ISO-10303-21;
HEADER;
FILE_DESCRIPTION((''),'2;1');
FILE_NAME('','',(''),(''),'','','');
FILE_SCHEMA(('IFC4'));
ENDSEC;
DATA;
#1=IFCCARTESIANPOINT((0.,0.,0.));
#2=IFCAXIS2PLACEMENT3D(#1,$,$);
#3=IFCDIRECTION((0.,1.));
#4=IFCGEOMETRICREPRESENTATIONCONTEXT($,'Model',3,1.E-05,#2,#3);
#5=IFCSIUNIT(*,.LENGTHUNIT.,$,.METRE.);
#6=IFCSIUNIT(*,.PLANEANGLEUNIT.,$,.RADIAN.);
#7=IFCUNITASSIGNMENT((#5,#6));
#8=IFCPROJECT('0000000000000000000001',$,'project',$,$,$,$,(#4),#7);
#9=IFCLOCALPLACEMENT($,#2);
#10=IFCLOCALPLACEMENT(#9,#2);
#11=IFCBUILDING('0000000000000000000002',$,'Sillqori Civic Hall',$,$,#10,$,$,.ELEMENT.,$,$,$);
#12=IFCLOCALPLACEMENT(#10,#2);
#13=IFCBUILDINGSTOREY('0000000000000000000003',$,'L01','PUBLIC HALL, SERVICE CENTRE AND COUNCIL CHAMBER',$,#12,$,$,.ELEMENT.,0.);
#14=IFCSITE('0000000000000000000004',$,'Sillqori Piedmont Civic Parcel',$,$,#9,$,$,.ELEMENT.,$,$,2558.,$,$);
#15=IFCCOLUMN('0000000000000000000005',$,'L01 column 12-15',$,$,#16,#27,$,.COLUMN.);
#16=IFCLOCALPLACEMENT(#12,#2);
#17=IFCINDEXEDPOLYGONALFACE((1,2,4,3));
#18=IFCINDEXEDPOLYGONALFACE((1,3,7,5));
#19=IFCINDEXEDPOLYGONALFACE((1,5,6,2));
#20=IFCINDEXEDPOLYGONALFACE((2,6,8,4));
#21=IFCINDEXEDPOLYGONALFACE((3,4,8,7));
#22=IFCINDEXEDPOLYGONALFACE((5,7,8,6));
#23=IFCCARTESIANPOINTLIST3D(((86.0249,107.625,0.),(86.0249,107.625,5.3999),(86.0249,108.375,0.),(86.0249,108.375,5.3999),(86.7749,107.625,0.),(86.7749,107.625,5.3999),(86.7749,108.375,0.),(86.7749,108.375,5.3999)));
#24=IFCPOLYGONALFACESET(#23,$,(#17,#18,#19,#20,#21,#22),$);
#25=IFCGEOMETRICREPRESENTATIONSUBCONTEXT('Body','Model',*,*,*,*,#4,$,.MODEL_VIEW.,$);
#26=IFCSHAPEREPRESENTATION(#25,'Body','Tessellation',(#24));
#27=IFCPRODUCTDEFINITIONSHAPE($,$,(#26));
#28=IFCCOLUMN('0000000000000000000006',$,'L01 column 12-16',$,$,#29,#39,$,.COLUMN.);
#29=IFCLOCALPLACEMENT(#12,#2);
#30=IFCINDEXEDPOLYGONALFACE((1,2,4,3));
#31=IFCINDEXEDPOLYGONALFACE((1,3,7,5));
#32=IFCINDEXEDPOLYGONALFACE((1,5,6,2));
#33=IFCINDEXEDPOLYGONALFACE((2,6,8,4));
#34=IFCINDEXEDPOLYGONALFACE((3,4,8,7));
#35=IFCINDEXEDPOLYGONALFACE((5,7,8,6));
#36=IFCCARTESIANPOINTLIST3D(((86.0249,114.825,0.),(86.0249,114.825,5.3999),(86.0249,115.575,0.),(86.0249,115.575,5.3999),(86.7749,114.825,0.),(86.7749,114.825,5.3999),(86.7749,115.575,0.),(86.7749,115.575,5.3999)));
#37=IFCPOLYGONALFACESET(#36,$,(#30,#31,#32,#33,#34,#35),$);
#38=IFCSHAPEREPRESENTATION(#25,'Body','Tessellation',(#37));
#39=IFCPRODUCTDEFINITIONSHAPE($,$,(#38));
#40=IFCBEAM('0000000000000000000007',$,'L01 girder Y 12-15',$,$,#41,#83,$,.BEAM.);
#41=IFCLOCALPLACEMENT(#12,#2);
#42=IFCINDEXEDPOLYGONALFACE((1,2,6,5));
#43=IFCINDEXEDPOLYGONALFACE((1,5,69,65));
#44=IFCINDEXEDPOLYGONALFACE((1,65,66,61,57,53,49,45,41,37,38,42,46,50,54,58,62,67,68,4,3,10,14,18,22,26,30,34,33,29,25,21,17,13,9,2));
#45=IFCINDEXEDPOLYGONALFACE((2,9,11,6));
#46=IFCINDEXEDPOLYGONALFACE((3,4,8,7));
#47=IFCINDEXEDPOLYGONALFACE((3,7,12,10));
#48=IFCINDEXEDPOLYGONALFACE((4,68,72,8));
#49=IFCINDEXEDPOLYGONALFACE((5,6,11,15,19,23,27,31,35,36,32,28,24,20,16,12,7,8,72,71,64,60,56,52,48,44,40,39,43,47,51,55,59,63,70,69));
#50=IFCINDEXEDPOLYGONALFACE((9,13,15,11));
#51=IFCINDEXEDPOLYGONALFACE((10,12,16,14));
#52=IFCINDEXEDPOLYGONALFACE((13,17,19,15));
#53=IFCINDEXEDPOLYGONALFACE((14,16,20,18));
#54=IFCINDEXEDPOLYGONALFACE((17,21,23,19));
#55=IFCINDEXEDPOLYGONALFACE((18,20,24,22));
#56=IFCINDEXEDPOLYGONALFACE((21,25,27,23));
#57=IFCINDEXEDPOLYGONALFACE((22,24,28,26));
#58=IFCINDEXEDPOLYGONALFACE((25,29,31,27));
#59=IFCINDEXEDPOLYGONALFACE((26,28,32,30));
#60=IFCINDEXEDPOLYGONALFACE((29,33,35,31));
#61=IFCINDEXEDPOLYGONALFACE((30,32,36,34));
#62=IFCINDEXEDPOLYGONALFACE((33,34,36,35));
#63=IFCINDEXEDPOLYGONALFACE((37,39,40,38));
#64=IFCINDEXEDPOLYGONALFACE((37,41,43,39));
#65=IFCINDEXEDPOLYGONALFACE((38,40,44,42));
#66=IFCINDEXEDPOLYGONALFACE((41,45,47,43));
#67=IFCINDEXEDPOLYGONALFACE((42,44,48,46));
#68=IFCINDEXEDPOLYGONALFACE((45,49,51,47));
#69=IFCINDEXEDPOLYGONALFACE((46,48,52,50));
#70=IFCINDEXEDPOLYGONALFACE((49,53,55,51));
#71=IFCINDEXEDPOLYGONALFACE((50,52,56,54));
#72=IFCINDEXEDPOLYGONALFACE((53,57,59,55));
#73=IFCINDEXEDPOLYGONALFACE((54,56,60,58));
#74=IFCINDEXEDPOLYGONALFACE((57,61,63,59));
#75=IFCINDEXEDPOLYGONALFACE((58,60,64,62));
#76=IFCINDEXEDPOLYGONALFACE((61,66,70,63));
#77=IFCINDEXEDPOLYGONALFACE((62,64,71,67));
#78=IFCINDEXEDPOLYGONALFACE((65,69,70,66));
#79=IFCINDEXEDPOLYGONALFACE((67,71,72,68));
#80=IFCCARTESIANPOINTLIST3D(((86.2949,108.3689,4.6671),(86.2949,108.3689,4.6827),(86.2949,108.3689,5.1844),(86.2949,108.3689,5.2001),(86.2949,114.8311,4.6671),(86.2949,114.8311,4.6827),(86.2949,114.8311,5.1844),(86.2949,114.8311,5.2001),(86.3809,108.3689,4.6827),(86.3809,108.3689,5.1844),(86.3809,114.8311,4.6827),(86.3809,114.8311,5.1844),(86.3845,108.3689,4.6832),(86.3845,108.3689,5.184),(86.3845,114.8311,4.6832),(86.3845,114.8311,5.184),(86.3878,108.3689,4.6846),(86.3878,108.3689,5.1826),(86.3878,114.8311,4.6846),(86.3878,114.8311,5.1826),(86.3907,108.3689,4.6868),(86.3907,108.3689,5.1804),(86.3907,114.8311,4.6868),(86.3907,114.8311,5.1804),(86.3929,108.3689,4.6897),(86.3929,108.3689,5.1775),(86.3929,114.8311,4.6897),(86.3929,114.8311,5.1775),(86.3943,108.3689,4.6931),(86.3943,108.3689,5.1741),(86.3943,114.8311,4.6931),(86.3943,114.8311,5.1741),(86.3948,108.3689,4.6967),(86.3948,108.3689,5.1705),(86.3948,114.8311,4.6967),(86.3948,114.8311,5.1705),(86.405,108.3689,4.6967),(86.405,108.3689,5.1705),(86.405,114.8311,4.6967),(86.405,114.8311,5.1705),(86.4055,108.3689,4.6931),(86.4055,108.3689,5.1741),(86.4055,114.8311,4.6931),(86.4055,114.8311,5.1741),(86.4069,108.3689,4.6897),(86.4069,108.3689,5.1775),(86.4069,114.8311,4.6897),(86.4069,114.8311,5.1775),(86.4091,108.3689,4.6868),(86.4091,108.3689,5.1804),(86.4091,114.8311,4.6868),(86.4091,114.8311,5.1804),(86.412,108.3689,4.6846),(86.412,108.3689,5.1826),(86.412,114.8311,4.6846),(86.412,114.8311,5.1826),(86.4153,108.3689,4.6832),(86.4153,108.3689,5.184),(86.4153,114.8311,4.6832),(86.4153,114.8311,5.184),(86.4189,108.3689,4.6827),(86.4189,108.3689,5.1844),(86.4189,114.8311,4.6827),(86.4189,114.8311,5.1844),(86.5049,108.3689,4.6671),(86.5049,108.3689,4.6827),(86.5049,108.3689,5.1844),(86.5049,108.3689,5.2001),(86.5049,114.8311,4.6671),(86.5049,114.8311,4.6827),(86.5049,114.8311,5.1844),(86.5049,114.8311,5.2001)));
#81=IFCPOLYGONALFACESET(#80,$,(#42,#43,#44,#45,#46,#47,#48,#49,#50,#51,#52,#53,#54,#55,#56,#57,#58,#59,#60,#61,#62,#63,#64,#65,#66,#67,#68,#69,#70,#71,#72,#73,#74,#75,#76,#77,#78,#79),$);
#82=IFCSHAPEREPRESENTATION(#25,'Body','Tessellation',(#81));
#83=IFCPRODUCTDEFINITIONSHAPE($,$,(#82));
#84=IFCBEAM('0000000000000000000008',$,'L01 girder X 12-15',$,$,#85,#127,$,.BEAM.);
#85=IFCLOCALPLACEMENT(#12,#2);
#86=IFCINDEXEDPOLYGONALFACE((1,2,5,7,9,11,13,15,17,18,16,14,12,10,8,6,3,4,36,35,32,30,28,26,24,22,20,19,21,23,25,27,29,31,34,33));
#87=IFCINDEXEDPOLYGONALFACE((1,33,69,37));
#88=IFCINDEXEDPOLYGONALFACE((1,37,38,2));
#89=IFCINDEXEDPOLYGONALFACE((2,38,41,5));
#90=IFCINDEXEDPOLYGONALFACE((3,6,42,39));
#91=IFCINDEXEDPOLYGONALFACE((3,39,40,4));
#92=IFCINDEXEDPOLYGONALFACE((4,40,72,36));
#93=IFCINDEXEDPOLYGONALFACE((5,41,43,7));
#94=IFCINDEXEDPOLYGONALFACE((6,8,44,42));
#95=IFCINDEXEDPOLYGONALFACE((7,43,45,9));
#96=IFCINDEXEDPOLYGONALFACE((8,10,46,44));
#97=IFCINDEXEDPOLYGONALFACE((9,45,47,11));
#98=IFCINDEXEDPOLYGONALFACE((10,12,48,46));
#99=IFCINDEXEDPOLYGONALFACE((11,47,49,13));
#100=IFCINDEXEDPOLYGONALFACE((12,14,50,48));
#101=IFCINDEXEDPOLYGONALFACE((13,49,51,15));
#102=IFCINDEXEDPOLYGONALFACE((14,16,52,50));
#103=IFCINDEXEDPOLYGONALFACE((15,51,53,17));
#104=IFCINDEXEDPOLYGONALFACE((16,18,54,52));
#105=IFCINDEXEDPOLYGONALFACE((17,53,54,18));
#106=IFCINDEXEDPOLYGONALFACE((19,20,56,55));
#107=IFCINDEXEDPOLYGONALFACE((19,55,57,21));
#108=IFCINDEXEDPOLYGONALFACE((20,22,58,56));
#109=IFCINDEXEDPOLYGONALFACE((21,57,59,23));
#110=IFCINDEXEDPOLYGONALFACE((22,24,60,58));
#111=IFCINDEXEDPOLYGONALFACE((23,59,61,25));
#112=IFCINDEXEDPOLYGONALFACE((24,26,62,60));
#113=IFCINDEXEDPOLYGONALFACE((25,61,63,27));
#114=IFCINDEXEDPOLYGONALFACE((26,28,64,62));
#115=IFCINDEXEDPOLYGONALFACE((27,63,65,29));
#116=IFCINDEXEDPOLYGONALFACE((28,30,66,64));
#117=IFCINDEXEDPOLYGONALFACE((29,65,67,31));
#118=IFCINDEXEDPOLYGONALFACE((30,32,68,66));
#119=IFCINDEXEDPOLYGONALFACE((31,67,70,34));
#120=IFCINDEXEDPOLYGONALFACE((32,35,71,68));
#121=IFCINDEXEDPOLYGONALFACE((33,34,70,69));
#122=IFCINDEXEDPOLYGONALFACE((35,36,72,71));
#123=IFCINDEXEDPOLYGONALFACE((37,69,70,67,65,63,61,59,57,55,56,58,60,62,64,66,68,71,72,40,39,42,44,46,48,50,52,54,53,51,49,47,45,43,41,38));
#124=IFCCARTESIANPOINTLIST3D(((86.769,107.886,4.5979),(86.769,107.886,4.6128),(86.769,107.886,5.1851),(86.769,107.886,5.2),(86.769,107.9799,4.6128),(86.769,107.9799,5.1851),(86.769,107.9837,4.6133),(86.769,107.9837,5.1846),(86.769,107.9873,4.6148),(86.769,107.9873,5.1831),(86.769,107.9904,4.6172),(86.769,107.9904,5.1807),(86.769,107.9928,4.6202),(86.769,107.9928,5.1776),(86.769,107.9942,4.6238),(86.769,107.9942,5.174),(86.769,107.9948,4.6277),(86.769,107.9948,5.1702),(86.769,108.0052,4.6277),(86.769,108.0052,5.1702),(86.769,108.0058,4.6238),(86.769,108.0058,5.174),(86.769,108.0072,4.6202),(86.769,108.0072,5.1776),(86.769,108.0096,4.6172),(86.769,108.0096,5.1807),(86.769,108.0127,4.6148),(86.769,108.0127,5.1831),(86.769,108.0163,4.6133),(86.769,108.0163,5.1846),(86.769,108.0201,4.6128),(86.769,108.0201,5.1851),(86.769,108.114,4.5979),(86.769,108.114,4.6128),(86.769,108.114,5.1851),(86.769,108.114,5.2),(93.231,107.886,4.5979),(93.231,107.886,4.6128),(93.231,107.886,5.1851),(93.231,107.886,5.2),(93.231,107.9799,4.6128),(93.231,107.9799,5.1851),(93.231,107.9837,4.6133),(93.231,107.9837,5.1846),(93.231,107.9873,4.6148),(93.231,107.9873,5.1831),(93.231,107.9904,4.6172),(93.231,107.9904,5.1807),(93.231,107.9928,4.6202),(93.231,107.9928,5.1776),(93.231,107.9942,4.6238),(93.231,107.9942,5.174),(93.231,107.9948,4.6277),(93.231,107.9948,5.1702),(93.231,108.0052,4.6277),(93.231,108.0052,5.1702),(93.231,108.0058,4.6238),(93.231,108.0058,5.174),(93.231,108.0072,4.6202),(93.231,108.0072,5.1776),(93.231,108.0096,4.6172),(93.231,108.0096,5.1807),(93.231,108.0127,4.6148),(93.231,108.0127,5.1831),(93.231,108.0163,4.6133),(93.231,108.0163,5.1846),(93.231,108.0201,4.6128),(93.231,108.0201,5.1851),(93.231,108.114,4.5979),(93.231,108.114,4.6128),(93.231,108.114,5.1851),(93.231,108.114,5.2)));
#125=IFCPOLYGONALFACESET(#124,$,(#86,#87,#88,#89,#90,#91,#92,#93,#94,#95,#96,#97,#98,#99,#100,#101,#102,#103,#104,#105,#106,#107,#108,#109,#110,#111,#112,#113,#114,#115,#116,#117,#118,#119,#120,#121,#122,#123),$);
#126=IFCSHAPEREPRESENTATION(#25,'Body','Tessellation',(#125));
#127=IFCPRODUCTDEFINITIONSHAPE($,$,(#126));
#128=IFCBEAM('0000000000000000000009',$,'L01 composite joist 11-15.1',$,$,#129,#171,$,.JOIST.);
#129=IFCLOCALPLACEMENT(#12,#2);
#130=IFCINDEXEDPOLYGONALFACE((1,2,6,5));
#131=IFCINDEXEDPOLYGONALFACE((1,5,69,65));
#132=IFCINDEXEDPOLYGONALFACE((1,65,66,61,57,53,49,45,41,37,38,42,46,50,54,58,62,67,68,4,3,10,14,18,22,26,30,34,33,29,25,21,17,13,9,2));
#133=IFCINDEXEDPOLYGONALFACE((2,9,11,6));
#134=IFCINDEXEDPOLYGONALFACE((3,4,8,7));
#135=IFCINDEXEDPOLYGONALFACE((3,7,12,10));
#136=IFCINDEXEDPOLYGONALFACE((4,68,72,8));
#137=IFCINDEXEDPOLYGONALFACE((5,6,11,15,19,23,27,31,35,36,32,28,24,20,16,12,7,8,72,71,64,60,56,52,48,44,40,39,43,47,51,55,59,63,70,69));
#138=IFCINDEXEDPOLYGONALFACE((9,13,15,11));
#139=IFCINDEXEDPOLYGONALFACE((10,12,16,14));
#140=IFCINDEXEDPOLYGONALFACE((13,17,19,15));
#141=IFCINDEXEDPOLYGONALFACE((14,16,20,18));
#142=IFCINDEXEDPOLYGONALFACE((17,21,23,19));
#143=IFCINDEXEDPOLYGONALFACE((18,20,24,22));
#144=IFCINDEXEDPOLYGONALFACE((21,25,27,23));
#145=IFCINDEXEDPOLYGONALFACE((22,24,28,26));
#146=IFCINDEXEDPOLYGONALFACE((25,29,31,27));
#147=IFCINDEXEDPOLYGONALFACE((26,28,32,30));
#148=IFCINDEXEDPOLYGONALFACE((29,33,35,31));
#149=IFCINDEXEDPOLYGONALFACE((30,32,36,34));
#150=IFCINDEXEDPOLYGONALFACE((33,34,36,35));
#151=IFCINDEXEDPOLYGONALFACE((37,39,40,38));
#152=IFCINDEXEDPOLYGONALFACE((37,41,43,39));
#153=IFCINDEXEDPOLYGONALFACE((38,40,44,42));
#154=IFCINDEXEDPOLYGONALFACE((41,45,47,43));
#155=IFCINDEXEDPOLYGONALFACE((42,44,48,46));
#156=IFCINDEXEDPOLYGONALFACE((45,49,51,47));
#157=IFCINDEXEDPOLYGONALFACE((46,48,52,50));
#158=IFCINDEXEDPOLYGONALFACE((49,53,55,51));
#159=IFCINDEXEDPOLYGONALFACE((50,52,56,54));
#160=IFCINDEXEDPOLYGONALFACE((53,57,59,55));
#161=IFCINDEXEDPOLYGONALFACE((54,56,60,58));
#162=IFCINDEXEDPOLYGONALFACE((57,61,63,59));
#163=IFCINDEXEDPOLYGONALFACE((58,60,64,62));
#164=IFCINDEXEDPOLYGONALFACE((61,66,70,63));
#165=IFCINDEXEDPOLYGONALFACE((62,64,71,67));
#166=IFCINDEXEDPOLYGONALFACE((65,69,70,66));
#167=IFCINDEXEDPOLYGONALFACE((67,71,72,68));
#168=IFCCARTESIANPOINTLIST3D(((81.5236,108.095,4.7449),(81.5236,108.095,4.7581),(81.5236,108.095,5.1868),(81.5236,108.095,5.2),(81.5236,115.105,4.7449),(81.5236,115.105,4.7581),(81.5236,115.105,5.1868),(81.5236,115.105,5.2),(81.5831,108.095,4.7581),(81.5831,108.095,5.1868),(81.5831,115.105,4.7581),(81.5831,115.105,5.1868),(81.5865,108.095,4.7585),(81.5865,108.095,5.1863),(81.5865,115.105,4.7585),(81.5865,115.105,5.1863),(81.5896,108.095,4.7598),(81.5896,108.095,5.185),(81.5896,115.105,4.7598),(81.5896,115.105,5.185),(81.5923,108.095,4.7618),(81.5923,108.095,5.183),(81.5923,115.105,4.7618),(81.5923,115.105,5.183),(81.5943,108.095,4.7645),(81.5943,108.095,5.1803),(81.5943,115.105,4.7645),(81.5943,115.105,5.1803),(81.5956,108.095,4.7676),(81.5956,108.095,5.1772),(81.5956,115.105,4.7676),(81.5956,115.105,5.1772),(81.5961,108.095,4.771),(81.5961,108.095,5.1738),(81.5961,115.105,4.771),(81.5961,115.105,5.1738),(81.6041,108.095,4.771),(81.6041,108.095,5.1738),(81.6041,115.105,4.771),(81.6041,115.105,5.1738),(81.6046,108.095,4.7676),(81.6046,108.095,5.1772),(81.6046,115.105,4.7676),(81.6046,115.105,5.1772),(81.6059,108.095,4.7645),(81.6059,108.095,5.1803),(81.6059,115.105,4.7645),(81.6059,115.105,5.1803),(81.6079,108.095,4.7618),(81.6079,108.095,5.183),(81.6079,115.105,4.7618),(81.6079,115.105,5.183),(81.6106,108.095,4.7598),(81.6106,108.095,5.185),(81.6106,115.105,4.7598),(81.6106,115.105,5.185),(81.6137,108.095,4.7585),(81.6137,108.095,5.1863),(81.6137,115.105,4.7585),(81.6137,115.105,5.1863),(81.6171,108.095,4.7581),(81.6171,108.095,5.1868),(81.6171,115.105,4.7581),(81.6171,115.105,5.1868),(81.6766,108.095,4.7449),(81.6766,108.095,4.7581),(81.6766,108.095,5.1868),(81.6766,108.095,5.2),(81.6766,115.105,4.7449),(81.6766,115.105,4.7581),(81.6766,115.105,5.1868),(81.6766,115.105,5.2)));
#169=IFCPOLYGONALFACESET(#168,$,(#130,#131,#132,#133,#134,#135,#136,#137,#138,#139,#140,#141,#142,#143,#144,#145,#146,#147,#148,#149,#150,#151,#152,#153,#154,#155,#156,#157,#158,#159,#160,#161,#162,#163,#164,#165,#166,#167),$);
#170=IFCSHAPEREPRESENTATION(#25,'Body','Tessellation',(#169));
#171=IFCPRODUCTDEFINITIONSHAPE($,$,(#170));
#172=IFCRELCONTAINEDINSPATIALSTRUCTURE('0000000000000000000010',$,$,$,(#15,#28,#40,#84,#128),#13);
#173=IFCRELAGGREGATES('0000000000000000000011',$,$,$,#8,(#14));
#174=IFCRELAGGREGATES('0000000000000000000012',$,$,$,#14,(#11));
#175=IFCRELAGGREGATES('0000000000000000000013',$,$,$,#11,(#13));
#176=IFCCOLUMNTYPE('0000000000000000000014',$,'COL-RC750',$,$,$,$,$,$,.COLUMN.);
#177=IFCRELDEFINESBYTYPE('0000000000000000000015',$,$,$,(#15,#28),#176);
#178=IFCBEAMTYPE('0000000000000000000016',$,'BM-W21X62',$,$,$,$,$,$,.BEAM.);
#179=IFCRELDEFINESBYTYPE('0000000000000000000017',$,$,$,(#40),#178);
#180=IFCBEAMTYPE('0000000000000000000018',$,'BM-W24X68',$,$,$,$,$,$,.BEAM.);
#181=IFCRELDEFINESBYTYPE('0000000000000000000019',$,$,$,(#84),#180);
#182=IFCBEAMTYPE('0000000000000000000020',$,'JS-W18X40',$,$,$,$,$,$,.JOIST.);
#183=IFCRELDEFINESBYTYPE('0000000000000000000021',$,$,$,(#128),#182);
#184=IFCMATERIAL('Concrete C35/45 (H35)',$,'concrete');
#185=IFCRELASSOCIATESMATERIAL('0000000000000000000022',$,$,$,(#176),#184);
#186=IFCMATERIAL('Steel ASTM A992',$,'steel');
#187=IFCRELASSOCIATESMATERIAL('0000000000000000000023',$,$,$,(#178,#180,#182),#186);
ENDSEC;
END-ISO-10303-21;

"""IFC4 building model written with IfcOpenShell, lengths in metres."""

from ifc_helpers import new_model, si_unit, direction, frame, origin, origin_2d, place, context, subcontext, project, spatial, rectangle, i_section, extrude, material, material_profile, profile_set, type_object, element, save


model = new_model("IFC4")

# Units and contexts
model_context = context("Model", 3, precision=1e-05, world=origin(), true_north=direction((0.0, 1.0)))
body_context = subcontext(model_context, "Body", "Model", "MODEL_VIEW")
ifc_project = project(units=[si_unit("LENGTHUNIT", "METRE"), si_unit("PLANEANGLEUNIT", "RADIAN")], contexts=[model_context])

# Site, building, storey
site_placement = place(None, origin())
site = spatial("IfcSite", under=ifc_project, at=site_placement, Name="Sillqori Piedmont Civic Parcel", CompositionType="ELEMENT", RefElevation=2558.0)
building_placement = place(site_placement, origin())
building = spatial("IfcBuilding", under=site, at=building_placement, Name="Sillqori Civic Hall", CompositionType="ELEMENT")
storey_placement = place(building_placement, origin())
storey = spatial("IfcBuildingStorey", under=building, at=storey_placement, Name="L01", Description="PUBLIC HALL, SERVICE CENTRE AND COUNCIL CHAMBER", CompositionType="ELEMENT", Elevation=0.0)

# Columns
ifc_material_1 = material(Name="Concrete C35/45 (H35)", Category="concrete")
ifc_material_profile_1 = material_profile(ifc_material_1, rectangle(XDim=0.75, YDim=0.75, at=origin_2d()), Name="RC 750x750")
ifc_profile_set_1 = profile_set([ifc_material_profile_1], Name="Concrete C35/45 (H35)")
column_type = type_object("IfcColumnType", Name="COL-RC750", PredefinedType="COLUMN", material=ifc_profile_set_1)
for number, where, z_axis, x_axis, name in (
    (1, (86.3999, 108.0, 0.0), (0.0, 0.0, 1.0), (1.0, 0.0, 0.0), "L01 column 12-15"),
    (2, (86.3999, 115.2, 0.0), (0.0, 0.0, 1.0), (1.0, 0.0, 0.0), "L01 column 12-16"),
):
    element("IfcColumn", number, at=place(storey_placement, frame(where, z_axis=z_axis, x_axis=x_axis)), inside=storey, type_object=column_type, Name=name, PredefinedType="COLUMN", context=body_context, shape_type="SweptSolid", body=[
        extrude(rectangle(XDim=0.75, YDim=0.75, at=origin_2d()), origin(), (0.0, 0.0, 1.0), 5.3999),
    ])

# Beams
ifc_material_2 = material(Name="Steel ASTM A992", Category="steel")
ifc_material_profile_2 = material_profile(ifc_material_2, i_section(OverallWidth=0.21, OverallDepth=0.533, WebThickness=0.0103, FlangeThickness=0.0156, FilletRadius=0.0139, at=origin_2d()), Name="W21X62")
ifc_profile_set_2 = profile_set([ifc_material_profile_2], Name="Steel ASTM A992")
beam_type_1 = type_object("IfcBeamType", Name="BM-W21X62", PredefinedType="BEAM", material=ifc_profile_set_2)
beam_1_placement = place(storey_placement, frame((86.3999, 108.3689, 4.9336), z_axis=(0.0, 1.0, 0.0), x_axis=(-1.0, 0.0, 0.0)))
element("IfcBeam", 3, at=beam_1_placement, inside=storey, type_object=beam_type_1, Name="L01 girder Y 12-15", PredefinedType="BEAM", context=body_context, shape_type="SweptSolid", body=[
    extrude(i_section(OverallWidth=0.21, OverallDepth=0.533, WebThickness=0.0103, FlangeThickness=0.0156, FilletRadius=0.0139, at=origin_2d()), origin(), (0.0, 0.0, 1.0), 6.4622),
])
ifc_material_profile_3 = material_profile(ifc_material_2, i_section(OverallWidth=0.228, OverallDepth=0.6021, WebThickness=0.0105, FlangeThickness=0.0149, FilletRadius=0.0149, at=origin_2d()), Name="W24X68")
ifc_profile_set_3 = profile_set([ifc_material_profile_3], Name="Steel ASTM A992")
beam_type_2 = type_object("IfcBeamType", Name="BM-W24X68", PredefinedType="BEAM", material=ifc_profile_set_3)
beam_2_placement = place(storey_placement, frame((86.769, 108.0, 4.8989), z_axis=(1.0, 0.0, 0.0), x_axis=(0.0, 1.0, 0.0)))
element("IfcBeam", 4, at=beam_2_placement, inside=storey, type_object=beam_type_2, Name="L01 girder X 12-15", PredefinedType="BEAM", context=body_context, shape_type="SweptSolid", body=[
    extrude(i_section(OverallWidth=0.228, OverallDepth=0.6021, WebThickness=0.0105, FlangeThickness=0.0149, FilletRadius=0.0149, at=origin_2d()), origin(), (0.0, 0.0, 1.0), 6.4619),
])

# Beam
ifc_material_profile_4 = material_profile(ifc_material_2, i_section(OverallWidth=0.1531, OverallDepth=0.4551, WebThickness=0.0081, FlangeThickness=0.0132, FilletRadius=0.0129, at=origin_2d()), Name="W18X40")
ifc_profile_set_4 = profile_set([ifc_material_profile_4], Name="Steel ASTM A992")
beam_type_3 = type_object("IfcBeamType", Name="JS-W18X40", PredefinedType="JOIST", material=ifc_profile_set_4)
for number, where, z_axis, x_axis, name in (
    (5, (81.6001, 108.095, 4.9724), (0.0, 1.0, 0.0), (-1.0, 0.0, 0.0), "L01 composite joist 11-15.1"),
):
    element("IfcBeam", number, at=place(storey_placement, frame(where, z_axis=z_axis, x_axis=x_axis)), inside=storey, type_object=beam_type_3, Name=name, PredefinedType="JOIST", context=body_context, shape_type="SweptSolid", body=[
        extrude(i_section(OverallWidth=0.1531, OverallDepth=0.4551, WebThickness=0.0081, FlangeThickness=0.0132, FilletRadius=0.0129, at=origin_2d()), origin(), (0.0, 0.0, 1.0), 7.01),
    ])

save(model, "model.ifc")
